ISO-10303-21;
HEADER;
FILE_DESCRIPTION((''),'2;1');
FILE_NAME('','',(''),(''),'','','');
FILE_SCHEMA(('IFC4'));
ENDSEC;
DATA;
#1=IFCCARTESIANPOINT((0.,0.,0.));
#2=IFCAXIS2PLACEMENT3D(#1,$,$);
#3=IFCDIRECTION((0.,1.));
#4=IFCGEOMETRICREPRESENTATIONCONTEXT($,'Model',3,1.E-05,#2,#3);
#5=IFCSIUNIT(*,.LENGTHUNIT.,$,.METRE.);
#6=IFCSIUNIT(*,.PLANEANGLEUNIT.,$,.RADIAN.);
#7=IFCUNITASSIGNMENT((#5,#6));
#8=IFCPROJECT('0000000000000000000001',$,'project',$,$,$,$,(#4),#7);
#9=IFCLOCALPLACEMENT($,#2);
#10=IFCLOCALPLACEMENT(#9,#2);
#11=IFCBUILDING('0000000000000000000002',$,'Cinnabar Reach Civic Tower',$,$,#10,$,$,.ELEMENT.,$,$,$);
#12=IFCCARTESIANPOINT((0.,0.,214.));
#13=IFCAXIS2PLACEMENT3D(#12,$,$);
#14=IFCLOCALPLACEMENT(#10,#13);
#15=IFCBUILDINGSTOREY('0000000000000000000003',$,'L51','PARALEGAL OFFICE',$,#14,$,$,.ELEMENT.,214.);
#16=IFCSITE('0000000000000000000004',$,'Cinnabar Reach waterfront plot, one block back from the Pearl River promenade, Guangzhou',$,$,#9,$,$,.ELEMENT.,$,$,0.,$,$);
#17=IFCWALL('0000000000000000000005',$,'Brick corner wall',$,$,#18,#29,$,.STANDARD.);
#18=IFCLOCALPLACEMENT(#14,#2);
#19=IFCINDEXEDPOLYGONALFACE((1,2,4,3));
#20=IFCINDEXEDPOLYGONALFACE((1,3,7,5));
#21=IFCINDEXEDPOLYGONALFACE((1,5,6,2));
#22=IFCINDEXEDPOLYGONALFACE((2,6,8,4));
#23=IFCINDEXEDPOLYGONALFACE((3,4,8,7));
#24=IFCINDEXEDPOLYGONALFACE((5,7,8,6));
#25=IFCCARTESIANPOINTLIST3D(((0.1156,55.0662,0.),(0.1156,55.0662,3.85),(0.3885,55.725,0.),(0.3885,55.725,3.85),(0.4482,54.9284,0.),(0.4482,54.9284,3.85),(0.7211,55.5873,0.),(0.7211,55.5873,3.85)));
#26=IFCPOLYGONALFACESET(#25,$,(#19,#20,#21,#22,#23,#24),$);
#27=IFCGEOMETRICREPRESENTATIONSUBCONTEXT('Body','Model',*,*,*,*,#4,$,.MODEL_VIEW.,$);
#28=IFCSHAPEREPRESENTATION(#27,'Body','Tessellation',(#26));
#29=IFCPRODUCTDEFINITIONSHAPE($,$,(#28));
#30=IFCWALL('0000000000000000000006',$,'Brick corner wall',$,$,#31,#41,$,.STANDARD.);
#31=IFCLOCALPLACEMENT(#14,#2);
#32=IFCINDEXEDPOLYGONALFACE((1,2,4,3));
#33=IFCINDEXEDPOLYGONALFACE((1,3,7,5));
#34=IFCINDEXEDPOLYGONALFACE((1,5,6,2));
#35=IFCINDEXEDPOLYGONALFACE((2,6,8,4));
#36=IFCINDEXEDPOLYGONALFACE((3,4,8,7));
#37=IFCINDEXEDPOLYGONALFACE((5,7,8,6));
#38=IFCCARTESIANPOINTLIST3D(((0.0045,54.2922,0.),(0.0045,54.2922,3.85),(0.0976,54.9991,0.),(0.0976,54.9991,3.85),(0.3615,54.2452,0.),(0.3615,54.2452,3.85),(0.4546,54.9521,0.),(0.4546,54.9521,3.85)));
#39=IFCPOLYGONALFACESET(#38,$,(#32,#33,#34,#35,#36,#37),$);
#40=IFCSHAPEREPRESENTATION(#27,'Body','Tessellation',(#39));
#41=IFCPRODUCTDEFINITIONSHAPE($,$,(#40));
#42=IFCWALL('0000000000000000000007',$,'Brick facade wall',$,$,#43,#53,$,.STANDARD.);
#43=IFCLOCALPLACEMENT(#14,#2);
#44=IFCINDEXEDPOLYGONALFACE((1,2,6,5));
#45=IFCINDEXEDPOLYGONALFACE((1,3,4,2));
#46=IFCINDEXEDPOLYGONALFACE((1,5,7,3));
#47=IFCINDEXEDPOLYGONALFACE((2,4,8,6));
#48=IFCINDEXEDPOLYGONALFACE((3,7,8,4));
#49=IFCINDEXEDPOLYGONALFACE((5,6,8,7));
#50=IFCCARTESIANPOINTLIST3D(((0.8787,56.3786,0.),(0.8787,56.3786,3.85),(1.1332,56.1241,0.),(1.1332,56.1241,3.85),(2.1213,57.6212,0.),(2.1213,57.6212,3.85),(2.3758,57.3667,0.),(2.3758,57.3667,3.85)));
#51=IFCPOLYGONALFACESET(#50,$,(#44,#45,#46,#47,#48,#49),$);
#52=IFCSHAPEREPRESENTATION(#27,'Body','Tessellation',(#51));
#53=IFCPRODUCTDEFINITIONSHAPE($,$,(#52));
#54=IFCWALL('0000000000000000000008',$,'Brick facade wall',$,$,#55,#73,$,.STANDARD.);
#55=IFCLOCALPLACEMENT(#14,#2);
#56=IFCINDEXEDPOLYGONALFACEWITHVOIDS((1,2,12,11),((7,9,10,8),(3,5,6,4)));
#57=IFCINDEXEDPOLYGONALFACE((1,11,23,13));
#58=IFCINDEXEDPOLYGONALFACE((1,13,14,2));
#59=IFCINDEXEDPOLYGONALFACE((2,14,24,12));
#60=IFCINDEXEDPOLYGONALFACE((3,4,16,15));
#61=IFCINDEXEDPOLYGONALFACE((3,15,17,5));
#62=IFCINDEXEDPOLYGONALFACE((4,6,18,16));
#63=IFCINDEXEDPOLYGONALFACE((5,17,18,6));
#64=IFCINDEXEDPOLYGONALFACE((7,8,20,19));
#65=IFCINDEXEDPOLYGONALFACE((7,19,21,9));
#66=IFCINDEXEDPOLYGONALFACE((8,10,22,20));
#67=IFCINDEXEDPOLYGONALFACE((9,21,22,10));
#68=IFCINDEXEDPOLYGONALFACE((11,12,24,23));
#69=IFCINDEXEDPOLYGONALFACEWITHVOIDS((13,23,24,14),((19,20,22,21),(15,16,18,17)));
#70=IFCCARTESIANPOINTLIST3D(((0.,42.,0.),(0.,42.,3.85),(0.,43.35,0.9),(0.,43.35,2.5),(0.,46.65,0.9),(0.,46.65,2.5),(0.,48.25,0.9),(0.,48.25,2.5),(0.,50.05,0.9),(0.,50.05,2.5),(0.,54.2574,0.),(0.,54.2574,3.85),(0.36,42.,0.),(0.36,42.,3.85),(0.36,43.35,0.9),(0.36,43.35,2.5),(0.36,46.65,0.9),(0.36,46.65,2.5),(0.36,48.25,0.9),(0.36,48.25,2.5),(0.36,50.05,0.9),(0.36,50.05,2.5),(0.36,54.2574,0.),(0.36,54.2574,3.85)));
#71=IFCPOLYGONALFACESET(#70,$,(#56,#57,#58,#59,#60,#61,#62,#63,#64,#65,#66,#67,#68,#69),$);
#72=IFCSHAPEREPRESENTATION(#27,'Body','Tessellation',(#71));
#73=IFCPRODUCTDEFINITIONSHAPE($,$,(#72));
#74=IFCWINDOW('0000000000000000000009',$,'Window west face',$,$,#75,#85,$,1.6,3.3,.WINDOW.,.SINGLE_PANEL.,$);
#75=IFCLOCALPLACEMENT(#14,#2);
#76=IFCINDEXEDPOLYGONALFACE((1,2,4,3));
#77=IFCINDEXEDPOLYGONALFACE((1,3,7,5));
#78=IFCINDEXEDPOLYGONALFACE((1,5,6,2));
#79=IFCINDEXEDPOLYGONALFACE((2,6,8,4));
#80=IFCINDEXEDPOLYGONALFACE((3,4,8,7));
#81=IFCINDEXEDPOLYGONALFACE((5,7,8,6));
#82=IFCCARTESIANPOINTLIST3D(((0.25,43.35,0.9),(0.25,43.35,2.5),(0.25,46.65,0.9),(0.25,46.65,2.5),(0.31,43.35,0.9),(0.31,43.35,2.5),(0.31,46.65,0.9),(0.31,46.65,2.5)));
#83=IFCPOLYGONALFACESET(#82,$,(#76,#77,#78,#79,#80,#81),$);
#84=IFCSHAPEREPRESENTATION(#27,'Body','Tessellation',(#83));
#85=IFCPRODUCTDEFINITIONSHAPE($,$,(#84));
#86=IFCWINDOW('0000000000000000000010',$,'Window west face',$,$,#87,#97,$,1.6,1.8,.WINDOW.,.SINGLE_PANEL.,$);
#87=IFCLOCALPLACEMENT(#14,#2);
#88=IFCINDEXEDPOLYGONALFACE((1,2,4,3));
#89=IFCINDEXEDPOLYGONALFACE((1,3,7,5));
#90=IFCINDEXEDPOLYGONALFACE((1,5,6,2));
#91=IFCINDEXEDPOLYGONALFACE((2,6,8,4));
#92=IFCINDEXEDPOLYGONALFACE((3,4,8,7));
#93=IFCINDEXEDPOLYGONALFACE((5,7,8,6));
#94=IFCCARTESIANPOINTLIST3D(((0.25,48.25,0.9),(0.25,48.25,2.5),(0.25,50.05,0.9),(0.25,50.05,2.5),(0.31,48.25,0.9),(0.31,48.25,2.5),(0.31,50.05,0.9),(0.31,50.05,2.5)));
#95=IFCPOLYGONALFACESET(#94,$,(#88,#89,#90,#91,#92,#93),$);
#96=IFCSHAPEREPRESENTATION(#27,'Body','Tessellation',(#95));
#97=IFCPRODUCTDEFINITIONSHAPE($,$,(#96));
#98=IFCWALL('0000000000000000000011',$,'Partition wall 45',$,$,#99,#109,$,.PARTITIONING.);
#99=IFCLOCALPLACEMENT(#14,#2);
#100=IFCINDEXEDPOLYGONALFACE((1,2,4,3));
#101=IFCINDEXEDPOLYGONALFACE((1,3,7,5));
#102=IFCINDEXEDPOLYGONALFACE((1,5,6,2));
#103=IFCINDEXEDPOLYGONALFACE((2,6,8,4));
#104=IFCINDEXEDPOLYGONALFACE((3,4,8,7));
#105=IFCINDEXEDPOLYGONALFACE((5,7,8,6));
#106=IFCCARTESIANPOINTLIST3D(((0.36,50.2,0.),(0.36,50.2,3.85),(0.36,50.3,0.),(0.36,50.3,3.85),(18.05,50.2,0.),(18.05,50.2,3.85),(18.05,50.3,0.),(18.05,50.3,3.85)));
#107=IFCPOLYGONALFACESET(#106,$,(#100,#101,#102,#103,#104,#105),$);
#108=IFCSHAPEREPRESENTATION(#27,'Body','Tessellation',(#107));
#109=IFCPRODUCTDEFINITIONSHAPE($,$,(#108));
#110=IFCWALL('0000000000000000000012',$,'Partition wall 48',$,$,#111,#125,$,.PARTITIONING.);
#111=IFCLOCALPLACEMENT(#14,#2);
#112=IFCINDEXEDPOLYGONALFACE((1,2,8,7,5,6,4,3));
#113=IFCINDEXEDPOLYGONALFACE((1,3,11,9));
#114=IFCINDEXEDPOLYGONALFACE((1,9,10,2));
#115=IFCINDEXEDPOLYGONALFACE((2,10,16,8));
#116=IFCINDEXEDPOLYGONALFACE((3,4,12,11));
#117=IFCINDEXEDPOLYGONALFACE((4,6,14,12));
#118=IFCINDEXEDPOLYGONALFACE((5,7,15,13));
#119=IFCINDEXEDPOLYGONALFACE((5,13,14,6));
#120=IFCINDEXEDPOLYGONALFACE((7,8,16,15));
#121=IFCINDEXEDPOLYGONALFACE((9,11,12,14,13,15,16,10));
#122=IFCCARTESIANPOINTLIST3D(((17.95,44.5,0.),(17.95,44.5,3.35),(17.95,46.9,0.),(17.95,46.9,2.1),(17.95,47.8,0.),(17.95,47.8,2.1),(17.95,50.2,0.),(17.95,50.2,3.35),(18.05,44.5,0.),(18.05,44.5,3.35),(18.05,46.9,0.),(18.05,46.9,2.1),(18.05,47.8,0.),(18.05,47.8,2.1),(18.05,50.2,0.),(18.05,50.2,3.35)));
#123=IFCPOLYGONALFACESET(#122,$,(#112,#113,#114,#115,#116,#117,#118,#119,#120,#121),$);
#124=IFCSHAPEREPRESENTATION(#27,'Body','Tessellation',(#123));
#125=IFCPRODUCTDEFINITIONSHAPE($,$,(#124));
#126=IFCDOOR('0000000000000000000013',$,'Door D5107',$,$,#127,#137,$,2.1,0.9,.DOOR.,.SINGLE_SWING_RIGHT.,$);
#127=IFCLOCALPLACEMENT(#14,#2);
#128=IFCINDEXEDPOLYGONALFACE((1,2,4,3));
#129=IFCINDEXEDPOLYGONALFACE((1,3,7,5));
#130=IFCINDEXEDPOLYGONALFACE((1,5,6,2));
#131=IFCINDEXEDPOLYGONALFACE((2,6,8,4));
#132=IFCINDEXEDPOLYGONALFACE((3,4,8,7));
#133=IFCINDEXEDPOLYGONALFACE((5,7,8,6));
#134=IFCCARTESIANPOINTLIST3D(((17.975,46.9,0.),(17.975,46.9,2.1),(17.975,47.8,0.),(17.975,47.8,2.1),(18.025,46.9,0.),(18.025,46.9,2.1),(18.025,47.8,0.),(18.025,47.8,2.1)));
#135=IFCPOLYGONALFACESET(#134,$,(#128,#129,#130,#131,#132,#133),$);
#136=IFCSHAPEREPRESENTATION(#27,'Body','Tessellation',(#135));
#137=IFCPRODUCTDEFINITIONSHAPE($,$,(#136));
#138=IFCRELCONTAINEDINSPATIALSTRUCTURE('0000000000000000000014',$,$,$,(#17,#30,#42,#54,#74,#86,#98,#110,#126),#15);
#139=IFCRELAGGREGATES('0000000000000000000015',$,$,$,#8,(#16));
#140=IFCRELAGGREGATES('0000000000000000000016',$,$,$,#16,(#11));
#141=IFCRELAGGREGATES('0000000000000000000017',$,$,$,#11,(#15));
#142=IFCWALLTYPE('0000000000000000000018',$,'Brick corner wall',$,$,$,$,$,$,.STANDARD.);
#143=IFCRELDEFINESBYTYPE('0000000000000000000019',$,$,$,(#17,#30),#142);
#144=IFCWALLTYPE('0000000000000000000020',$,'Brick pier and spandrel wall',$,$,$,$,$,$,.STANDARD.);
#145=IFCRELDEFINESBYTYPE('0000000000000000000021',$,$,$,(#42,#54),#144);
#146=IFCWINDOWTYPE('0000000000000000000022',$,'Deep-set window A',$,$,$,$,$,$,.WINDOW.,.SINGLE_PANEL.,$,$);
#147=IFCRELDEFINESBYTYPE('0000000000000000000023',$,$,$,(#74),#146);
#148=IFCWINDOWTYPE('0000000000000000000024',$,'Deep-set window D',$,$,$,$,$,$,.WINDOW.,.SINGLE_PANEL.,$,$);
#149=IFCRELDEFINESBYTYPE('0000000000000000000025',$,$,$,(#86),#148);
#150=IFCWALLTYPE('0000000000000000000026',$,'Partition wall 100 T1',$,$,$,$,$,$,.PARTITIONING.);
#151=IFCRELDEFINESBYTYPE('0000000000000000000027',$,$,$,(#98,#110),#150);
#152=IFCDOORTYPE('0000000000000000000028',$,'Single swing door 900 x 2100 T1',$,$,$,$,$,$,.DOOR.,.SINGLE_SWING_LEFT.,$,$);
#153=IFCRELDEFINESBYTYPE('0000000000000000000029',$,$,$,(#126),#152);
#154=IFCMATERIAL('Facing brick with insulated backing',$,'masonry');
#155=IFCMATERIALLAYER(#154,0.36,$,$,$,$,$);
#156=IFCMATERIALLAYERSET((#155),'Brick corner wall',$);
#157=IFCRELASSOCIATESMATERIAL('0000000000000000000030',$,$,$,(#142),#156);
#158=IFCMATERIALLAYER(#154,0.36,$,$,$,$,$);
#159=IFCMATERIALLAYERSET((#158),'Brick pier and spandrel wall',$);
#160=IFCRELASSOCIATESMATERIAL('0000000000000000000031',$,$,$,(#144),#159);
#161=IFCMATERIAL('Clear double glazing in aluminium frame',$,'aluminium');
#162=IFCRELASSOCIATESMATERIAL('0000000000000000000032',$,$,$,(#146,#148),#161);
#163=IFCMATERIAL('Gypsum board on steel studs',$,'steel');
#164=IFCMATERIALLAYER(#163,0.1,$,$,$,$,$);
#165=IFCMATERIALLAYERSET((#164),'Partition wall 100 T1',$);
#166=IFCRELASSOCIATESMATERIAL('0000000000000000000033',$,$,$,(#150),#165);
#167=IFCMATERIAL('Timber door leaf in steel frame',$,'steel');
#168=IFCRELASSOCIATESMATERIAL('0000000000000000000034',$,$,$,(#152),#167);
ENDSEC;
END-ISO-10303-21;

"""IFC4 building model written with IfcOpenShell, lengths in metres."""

from ifc_helpers import new_model, si_unit, direction, frame, frame_2d, origin, place, context, subcontext, project, spatial, rectangle, extrude, material, layer, layer_set, type_object, element, fill, save


model = new_model("IFC4")

# Units and contexts
model_context = context("Model", 3, precision=1e-05, world=origin(), true_north=direction((0.0, 1.0)))
body_context = subcontext(model_context, "Body", "Model", "MODEL_VIEW")
ifc_project = project(units=[si_unit("LENGTHUNIT", "METRE"), si_unit("PLANEANGLEUNIT", "RADIAN")], contexts=[model_context])

# Site, building, storey
site_placement = place(None, origin())
site = spatial("IfcSite", under=ifc_project, at=site_placement, Name="Cinnabar Reach waterfront plot, one block back from the Pearl River promenade, Guangzhou", CompositionType="ELEMENT", RefElevation=0.0)
building_placement = place(site_placement, origin())
building = spatial("IfcBuilding", under=site, at=building_placement, Name="Cinnabar Reach Civic Tower", CompositionType="ELEMENT")
storey_placement = place(building_placement, frame((0.0, 0.0, 214.0)))
storey = spatial("IfcBuildingStorey", under=building, at=storey_placement, Name="L51", Description="PARALEGAL OFFICE", CompositionType="ELEMENT", Elevation=214.0)

# Walls
ifc_material_1 = material(Name="Facing brick with insulated backing", Category="masonry")
ifc_layer_1 = layer(ifc_material_1, 0.36)
ifc_layer_set_1 = layer_set([ifc_layer_1], Name="Brick corner wall")
wall_type_1 = type_object("IfcWallType", Name="Brick corner wall", PredefinedType="STANDARD", material=ifc_layer_set_1)
for number, where, z_axis, x_axis, name in (
    (1, (0.5548, 55.6561, 0.0), (0.0, 0.0, 1.0), (-0.382703, -0.923872, 0.0), "Brick corner wall"),
    (2, (0.2761, 54.9756, 0.0), (0.0, 0.0, 1.0), (-0.130556, -0.991441, 0.0), "Brick corner wall"),
):
    element("IfcWall", number, at=place(storey_placement, frame(where, z_axis=z_axis, x_axis=x_axis)), inside=storey, type_object=wall_type_1, Name=name, PredefinedType="STANDARD", context=body_context, shape_type="SweptSolid", body=[
        extrude(rectangle(XDim=0.7131, YDim=0.36, at=frame_2d((0.3565, 0.0))), origin(), (0.0, 0.0, 1.0), 3.85),
    ])
ifc_layer_2 = layer(ifc_material_1, 0.36)
ifc_layer_set_2 = layer_set([ifc_layer_2], Name="Brick pier and spandrel wall")
wall_type_2 = type_object("IfcWallType", Name="Brick pier and spandrel wall", PredefinedType="STANDARD", material=ifc_layer_set_2)
wall_1_placement = place(storey_placement, frame((2.2486, 57.494, 0.0), z_axis=(0.0, 0.0, 1.0), x_axis=(-0.707107, -0.707107, 0.0)))
element("IfcWall", 3, at=wall_1_placement, inside=storey, type_object=wall_type_2, Name="Brick facade wall", PredefinedType="STANDARD", context=body_context, shape_type="SweptSolid", body=[
    extrude(rectangle(XDim=1.7573, YDim=0.36, at=frame_2d((0.8787, 0.0))), origin(), (0.0, 0.0, 1.0), 3.85),
])

# Wall, openings, windows
wall_2_placement = place(storey_placement, frame((0.18, 54.2574, 0.0), z_axis=(0.0, 0.0, 1.0), x_axis=(0.0, -1.0, 0.0)))
wall_2 = element("IfcWall", 4, at=wall_2_placement, inside=storey, type_object=wall_type_2, Name="Brick facade wall", PredefinedType="STANDARD", context=body_context, shape_type="SweptSolid", body=[
    extrude(rectangle(XDim=12.2574, YDim=0.36, at=frame_2d((6.1287, 0.0))), origin(), (0.0, 0.0, 1.0), 3.85),
])
opening_1_placement = place(wall_2_placement, frame((4.2074, 0.0, 0.9)))
opening_1 = element("IfcOpeningElement", 5, at=opening_1_placement, cuts=wall_2, PredefinedType="OPENING", context=body_context, shape_type="SweptSolid", body=[
    extrude(rectangle(XDim=1.8, YDim=1.6, at=frame_2d((0.9, 0.8))), frame((0.0, 0.19, 0.0), z_axis=(0.0, -1.0, 0.0), x_axis=(1.0, 0.0, 0.0)), (0.0, 0.0, 1.0), 0.38),
])
opening_2_placement = place(wall_2_placement, frame((7.6074, 0.0, 0.9)))
opening_2 = element("IfcOpeningElement", 6, at=opening_2_placement, cuts=wall_2, PredefinedType="OPENING", context=body_context, shape_type="SweptSolid", body=[
    extrude(rectangle(XDim=3.3, YDim=1.6, at=frame_2d((1.65, 0.8))), frame((0.0, 0.19, 0.0), z_axis=(0.0, -1.0, 0.0), x_axis=(1.0, 0.0, 0.0)), (0.0, 0.0, 1.0), 0.38),
])
ifc_material_2 = material(Name="Clear double glazing in aluminium frame", Category="aluminium")
window_type_1 = type_object("IfcWindowType", Name="Deep-set window A", PartitioningType="SINGLE_PANEL", PredefinedType="WINDOW", material=ifc_material_2)
window_1_placement = place(opening_2_placement, origin())
window_1 = element("IfcWindow", 7, at=window_1_placement, inside=storey, type_object=window_type_1, Name="Window west face", OverallHeight=1.6, OverallWidth=3.3, PartitioningType="SINGLE_PANEL", PredefinedType="WINDOW", context=body_context, shape_type="SweptSolid", body=[
    extrude(rectangle(XDim=3.3, YDim=1.6, at=frame_2d((1.65, 0.8))), frame((0.0, 0.13, 0.0), z_axis=(0.0, -1.0, 0.0), x_axis=(1.0, 0.0, 0.0)), (0.0, 0.0, 1.0), 0.06),
])
fill(opening_2, window_1)
window_type_2 = type_object("IfcWindowType", Name="Deep-set window D", PartitioningType="SINGLE_PANEL", PredefinedType="WINDOW", material=ifc_material_2)
window_2_placement = place(opening_1_placement, origin())
window_2 = element("IfcWindow", 8, at=window_2_placement, inside=storey, type_object=window_type_2, Name="Window west face", OverallHeight=1.6, OverallWidth=1.8, PartitioningType="SINGLE_PANEL", PredefinedType="WINDOW", context=body_context, shape_type="SweptSolid", body=[
    extrude(rectangle(XDim=1.8, YDim=1.6, at=frame_2d((0.9, 0.8))), frame((0.0, 0.13, 0.0), z_axis=(0.0, -1.0, 0.0), x_axis=(1.0, 0.0, 0.0)), (0.0, 0.0, 1.0), 0.06),
])
fill(opening_1, window_2)

# Wall
ifc_material_3 = material(Name="Gypsum board on steel studs", Category="steel")
ifc_layer_3 = layer(ifc_material_3, 0.1)
ifc_layer_set_3 = layer_set([ifc_layer_3], Name="Partition wall 100 T1")
wall_type_3 = type_object("IfcWallType", Name="Partition wall 100 T1", PredefinedType="PARTITIONING", material=ifc_layer_set_3)
wall_3_placement = place(storey_placement, frame((0.36, 50.25, 0.0), z_axis=(0.0, 0.0, 1.0), x_axis=(1.0, 0.0, 0.0)))
element("IfcWall", 9, at=wall_3_placement, inside=storey, type_object=wall_type_3, Name="Partition wall 45", PredefinedType="PARTITIONING", context=body_context, shape_type="SweptSolid", body=[
    extrude(rectangle(XDim=17.69, YDim=0.1, at=frame_2d((8.845, 0.0))), origin(), (0.0, 0.0, 1.0), 3.85),
])

# Wall, opening, door
wall_4_placement = place(storey_placement, frame((18.0, 44.5, 0.0), z_axis=(0.0, 0.0, 1.0), x_axis=(0.0, 1.0, 0.0)))
wall_4 = element("IfcWall", 10, at=wall_4_placement, inside=storey, type_object=wall_type_3, Name="Partition wall 48", PredefinedType="PARTITIONING", context=body_context, shape_type="SweptSolid", body=[
    extrude(rectangle(XDim=5.7, YDim=0.1, at=frame_2d((2.85, 0.0))), origin(), (0.0, 0.0, 1.0), 3.35),
])
opening_3_placement = place(wall_4_placement, frame((2.4, 0.0, 0.0)))
opening_3 = element("IfcOpeningElement", 11, at=opening_3_placement, cuts=wall_4, PredefinedType="OPENING", context=body_context, shape_type="SweptSolid", body=[
    extrude(rectangle(XDim=0.9, YDim=2.1, at=frame_2d((0.45, 1.05))), frame((0.0, 0.06, 0.0), z_axis=(0.0, -1.0, 0.0), x_axis=(1.0, 0.0, 0.0)), (0.0, 0.0, 1.0), 0.12),
])
ifc_material_4 = material(Name="Timber door leaf in steel frame", Category="steel")
door_type = type_object("IfcDoorType", Name="Single swing door 900 x 2100 T1", OperationType="SINGLE_SWING_LEFT", PredefinedType="DOOR", material=ifc_material_4)
door_placement = place(opening_3_placement, frame((0.9, 0.0, 0.0), z_axis=(0.0, 0.0, 1.0), x_axis=(-1.0, 0.0, 0.0)))
door = element("IfcDoor", 12, at=door_placement, inside=storey, type_object=door_type, Name="Door D5107", OperationType="SINGLE_SWING_RIGHT", OverallHeight=2.1, OverallWidth=0.9, PredefinedType="DOOR", context=body_context, shape_type="SweptSolid", body=[
    extrude(rectangle(XDim=0.9, YDim=2.1, at=frame_2d((0.45, 1.05))), frame((0.0, 0.025, 0.0), z_axis=(0.0, -1.0, 0.0), x_axis=(1.0, 0.0, 0.0)), (0.0, 0.0, 1.0), 0.05),
])
fill(opening_3, door)

save(model, "model.ifc")
